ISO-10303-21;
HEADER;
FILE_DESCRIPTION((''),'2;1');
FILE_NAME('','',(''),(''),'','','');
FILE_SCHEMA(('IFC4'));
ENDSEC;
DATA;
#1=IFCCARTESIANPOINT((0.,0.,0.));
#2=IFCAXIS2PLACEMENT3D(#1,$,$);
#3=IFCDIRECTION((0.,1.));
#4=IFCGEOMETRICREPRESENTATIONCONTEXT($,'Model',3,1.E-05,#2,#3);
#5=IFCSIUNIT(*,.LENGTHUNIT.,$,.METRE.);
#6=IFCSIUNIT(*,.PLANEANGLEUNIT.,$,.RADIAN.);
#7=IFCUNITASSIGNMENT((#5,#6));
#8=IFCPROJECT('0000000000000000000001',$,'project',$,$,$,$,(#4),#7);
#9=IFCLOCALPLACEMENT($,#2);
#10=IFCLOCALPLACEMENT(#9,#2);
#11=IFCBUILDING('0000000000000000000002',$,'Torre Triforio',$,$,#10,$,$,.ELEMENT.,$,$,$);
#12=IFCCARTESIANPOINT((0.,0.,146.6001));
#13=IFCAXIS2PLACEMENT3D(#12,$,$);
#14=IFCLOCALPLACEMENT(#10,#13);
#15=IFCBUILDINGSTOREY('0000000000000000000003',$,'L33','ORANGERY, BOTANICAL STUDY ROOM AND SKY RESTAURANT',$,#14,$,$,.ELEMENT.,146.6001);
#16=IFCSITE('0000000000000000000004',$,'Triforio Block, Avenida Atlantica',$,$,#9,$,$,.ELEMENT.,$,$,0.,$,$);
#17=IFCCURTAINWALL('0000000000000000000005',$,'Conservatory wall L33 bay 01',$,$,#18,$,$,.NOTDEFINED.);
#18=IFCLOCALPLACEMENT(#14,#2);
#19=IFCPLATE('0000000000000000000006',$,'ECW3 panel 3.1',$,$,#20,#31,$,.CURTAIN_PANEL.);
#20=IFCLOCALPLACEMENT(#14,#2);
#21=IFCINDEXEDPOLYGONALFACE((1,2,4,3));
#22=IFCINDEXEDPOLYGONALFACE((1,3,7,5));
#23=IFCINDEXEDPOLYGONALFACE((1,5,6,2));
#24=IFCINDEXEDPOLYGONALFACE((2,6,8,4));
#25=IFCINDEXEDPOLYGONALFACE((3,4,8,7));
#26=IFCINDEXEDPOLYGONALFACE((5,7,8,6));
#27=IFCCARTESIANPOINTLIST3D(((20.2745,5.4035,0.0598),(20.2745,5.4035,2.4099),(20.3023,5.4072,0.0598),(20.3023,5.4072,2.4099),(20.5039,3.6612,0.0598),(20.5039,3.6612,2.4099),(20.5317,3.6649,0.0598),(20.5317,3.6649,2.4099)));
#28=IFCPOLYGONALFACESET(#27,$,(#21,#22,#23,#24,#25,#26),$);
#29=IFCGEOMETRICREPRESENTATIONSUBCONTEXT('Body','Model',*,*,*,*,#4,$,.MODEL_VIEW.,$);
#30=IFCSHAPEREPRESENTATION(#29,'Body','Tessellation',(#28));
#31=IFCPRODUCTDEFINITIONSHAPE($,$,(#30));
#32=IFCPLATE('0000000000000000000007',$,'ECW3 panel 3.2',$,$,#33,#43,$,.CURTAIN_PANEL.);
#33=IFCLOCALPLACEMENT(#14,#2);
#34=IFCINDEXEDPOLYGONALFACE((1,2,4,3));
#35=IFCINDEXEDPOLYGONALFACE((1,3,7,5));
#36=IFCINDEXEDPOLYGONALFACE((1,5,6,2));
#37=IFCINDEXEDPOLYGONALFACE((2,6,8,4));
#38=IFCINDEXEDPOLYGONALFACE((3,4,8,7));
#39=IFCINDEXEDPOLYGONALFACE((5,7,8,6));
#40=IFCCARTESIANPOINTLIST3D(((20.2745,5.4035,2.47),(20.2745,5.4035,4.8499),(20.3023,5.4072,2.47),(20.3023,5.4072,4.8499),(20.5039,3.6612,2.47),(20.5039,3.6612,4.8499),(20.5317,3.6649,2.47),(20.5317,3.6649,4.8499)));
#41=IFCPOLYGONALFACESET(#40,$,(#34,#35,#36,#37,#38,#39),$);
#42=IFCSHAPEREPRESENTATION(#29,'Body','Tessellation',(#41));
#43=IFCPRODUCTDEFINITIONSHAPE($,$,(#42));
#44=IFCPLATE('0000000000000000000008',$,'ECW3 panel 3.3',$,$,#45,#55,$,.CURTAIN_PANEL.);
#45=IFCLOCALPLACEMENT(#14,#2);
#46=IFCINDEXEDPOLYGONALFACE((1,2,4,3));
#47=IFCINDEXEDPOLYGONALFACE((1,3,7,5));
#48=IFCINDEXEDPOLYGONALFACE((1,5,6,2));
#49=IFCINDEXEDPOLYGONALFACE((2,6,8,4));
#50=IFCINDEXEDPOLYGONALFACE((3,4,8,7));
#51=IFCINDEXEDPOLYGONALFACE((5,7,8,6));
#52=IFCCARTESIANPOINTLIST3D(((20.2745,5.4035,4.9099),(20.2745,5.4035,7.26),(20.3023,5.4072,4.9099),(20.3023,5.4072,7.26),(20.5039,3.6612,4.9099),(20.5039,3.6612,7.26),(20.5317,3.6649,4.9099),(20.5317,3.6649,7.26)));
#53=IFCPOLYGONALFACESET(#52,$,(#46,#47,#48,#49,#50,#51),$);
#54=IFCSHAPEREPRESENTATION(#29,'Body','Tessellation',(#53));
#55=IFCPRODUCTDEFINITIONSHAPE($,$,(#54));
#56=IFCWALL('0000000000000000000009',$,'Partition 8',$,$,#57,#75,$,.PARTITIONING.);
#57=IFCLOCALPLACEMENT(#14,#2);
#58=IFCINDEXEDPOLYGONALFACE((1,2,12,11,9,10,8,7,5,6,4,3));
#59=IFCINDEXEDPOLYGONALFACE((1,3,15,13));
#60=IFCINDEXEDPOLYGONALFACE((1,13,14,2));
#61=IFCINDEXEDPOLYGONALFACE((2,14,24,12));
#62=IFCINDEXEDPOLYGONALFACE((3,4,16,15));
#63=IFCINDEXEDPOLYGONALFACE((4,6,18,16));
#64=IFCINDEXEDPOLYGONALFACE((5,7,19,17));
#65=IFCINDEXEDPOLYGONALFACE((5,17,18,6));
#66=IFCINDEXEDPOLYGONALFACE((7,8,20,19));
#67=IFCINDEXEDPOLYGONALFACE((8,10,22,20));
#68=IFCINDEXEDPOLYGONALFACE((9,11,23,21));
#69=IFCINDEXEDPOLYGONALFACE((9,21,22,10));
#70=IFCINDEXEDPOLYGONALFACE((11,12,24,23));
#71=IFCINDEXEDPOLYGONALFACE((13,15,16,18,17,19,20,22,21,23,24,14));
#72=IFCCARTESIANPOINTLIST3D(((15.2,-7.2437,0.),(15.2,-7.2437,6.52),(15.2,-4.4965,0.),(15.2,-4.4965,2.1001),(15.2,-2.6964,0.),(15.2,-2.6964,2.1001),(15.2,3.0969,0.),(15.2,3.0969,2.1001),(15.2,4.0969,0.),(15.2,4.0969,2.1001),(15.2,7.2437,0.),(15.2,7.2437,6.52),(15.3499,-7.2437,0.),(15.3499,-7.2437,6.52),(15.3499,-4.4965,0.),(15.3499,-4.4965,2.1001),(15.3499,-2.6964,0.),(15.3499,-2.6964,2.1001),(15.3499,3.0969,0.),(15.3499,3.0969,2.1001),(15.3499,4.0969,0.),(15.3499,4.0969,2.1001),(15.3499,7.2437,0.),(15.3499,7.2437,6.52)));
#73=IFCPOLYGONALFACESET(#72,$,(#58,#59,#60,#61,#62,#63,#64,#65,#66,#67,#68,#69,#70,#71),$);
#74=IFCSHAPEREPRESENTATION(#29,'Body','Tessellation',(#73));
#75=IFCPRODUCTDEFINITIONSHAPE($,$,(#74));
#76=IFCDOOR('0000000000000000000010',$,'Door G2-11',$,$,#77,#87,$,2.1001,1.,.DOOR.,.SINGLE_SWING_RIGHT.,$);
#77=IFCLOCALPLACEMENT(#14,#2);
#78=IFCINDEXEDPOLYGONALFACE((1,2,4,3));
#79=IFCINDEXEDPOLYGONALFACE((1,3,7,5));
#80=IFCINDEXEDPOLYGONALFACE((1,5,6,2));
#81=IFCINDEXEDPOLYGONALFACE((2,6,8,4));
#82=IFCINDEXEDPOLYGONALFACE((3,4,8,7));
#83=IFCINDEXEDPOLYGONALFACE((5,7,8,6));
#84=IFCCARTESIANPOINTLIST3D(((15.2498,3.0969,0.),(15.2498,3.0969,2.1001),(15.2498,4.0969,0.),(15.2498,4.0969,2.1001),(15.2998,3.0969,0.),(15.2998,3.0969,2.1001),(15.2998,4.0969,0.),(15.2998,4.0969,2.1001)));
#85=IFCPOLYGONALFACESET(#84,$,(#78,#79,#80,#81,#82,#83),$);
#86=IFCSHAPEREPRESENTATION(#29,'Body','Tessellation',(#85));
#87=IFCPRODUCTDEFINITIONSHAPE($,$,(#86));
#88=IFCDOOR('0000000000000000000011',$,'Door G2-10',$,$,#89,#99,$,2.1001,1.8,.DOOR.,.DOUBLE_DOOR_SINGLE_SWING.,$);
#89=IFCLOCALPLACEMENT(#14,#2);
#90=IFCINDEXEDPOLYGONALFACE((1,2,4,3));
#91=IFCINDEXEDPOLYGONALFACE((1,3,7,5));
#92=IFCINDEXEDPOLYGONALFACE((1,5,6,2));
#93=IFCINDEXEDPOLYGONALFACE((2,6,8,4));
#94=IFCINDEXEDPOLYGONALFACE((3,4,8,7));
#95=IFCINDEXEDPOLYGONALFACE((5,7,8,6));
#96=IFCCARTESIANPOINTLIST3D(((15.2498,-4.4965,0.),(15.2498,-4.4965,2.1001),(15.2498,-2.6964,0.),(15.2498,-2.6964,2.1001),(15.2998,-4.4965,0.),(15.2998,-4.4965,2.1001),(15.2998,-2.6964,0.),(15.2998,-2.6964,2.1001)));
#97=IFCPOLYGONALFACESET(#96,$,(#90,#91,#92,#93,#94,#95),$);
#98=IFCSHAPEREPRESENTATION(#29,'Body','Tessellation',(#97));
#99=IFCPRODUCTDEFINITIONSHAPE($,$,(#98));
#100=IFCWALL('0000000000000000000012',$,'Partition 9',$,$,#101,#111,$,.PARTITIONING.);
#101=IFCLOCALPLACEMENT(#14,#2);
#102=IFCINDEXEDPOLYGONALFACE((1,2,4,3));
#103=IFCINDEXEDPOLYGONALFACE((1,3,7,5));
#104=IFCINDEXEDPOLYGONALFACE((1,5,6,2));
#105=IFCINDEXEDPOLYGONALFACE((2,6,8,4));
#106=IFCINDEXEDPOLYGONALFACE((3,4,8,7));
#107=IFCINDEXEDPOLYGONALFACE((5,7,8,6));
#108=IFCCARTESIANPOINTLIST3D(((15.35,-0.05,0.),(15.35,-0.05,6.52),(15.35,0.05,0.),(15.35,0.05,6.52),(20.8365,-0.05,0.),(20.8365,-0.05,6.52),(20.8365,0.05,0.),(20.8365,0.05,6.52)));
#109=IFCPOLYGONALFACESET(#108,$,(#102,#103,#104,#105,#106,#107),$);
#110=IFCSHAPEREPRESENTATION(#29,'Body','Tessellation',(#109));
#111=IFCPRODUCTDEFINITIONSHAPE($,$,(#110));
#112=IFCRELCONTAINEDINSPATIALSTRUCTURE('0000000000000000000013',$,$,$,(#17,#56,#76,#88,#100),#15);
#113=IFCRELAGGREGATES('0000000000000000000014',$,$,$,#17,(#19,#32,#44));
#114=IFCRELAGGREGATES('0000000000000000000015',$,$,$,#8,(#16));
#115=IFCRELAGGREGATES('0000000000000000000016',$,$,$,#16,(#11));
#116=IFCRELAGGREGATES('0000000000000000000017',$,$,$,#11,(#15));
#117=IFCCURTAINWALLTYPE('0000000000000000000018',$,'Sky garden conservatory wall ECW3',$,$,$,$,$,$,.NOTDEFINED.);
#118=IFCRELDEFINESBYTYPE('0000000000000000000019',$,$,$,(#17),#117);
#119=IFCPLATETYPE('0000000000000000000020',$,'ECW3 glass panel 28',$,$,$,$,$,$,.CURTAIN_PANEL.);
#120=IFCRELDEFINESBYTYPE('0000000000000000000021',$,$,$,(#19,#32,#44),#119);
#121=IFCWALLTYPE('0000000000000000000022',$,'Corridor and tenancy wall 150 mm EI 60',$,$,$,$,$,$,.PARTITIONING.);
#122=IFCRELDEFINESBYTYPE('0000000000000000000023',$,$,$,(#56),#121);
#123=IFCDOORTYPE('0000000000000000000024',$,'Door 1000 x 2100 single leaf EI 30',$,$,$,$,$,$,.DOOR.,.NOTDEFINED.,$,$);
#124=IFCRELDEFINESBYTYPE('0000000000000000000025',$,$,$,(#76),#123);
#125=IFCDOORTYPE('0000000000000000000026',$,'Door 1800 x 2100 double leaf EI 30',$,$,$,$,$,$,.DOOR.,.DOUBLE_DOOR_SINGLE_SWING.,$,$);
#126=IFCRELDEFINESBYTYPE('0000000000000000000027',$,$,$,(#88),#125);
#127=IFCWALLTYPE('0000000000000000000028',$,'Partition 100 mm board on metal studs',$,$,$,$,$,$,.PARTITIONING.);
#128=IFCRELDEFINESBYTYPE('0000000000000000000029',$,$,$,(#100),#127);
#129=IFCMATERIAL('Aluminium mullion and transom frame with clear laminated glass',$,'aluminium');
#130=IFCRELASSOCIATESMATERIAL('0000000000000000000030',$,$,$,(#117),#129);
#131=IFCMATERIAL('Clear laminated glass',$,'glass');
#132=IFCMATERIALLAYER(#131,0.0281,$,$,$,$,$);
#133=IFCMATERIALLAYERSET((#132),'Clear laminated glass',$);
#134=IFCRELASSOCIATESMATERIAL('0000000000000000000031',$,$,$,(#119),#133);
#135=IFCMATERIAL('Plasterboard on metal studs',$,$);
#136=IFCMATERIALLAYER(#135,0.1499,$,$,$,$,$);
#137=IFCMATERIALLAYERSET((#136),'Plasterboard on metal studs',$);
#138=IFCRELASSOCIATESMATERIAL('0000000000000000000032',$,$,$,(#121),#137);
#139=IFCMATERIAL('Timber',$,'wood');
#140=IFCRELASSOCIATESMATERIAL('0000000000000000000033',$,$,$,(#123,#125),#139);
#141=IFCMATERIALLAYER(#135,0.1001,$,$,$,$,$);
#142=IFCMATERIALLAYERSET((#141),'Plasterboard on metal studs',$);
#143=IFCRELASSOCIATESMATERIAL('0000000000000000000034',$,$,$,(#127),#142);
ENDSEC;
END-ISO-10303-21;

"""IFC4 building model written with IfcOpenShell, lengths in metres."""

from ifc_helpers import new_model, si_unit, direction, frame, frame_2d, origin, origin_2d, place, context, subcontext, project, spatial, rectangle, extrude, material, layer, layer_set, type_object, element, fill, aggregate, save


model = new_model("IFC4")

# Units and contexts
model_context = context("Model", 3, precision=1e-05, world=origin(), true_north=direction((0.0, 1.0)))
body_context = subcontext(model_context, "Body", "Model", "MODEL_VIEW")
ifc_project = project(units=[si_unit("LENGTHUNIT", "METRE"), si_unit("PLANEANGLEUNIT", "RADIAN")], contexts=[model_context])

# Site, building, storey
site_placement = place(None, origin())
site = spatial("IfcSite", under=ifc_project, at=site_placement, Name="Triforio Block, Avenida Atlantica", CompositionType="ELEMENT", RefElevation=0.0)
building_placement = place(site_placement, origin())
building = spatial("IfcBuilding", under=site, at=building_placement, Name="Torre Triforio", CompositionType="ELEMENT")
storey_placement = place(building_placement, frame((0.0, 0.0, 146.6001)))
storey = spatial("IfcBuildingStorey", under=building, at=storey_placement, Name="L33", Description="ORANGERY, BOTANICAL STUDY ROOM AND SKY RESTAURANT", CompositionType="ELEMENT", Elevation=146.6001)

# Curtain wall, plates
ifc_material_1 = material(Name="Aluminium mullion and transom frame with clear laminated glass", Category="aluminium")
curtain_wall_type = type_object("IfcCurtainWallType", Name="Sky garden conservatory wall ECW3", PredefinedType="NOTDEFINED", material=ifc_material_1)
curtain_wall_placement = place(storey_placement, origin())
curtain_wall = element("IfcCurtainWall", 1, at=curtain_wall_placement, inside=storey, type_object=curtain_wall_type, Name="Conservatory wall L33 bay 01", PredefinedType="NOTDEFINED")
ifc_material_2 = material(Name="Clear laminated glass", Category="glass")
ifc_layer_1 = layer(ifc_material_2, 0.0281)
ifc_layer_set_1 = layer_set([ifc_layer_1], Name="Clear laminated glass")
plate_type = type_object("IfcPlateType", Name="ECW3 glass panel 28", PredefinedType="CURTAIN_PANEL", material=ifc_layer_set_1)
plate_1_placement = place(storey_placement, frame((20.4031, 4.5342, 0.0598), z_axis=(0.0, 0.0, 1.0), x_axis=(-0.13053, 0.991444, 0.0)))
plate_1 = element("IfcPlate", 2, at=plate_1_placement, type_object=plate_type, Name="ECW3 panel 3.1", PredefinedType="CURTAIN_PANEL", context=body_context, shape_type="SweptSolid", body=[
    extrude(rectangle(XDim=1.7573, YDim=0.0281, at=origin_2d()), origin(), (0.0, 0.0, 1.0), 2.3501),
])
plate_2_placement = place(storey_placement, frame((20.4031, 4.5342, 2.47), z_axis=(0.0, 0.0, 1.0), x_axis=(-0.13053, 0.991444, 0.0)))
plate_2 = element("IfcPlate", 3, at=plate_2_placement, type_object=plate_type, Name="ECW3 panel 3.2", PredefinedType="CURTAIN_PANEL", context=body_context, shape_type="SweptSolid", body=[
    extrude(rectangle(XDim=1.7573, YDim=0.0281, at=origin_2d()), origin(), (0.0, 0.0, 1.0), 2.3799),
])
plate_3_placement = place(storey_placement, frame((20.4031, 4.5342, 4.9099), z_axis=(0.0, 0.0, 1.0), x_axis=(-0.13053, 0.991444, 0.0)))
plate_3 = element("IfcPlate", 4, at=plate_3_placement, type_object=plate_type, Name="ECW3 panel 3.3", PredefinedType="CURTAIN_PANEL", context=body_context, shape_type="SweptSolid", body=[
    extrude(rectangle(XDim=1.7573, YDim=0.0281, at=origin_2d()), origin(), (0.0, 0.0, 1.0), 2.3501),
])
aggregate(curtain_wall, [plate_1, plate_2, plate_3])

# Wall, openings, doors
ifc_material_3 = material(Name="Plasterboard on metal studs")
ifc_layer_2 = layer(ifc_material_3, 0.1499)
ifc_layer_set_2 = layer_set([ifc_layer_2], Name="Plasterboard on metal studs")
wall_type_1 = type_object("IfcWallType", Name="Corridor and tenancy wall 150 mm EI 60", PredefinedType="PARTITIONING", material=ifc_layer_set_2)
wall_1_placement = place(storey_placement, frame((15.2749, 7.2437, 0.0), z_axis=(0.0, 0.0, 1.0), x_axis=(0.0, -1.0, 0.0)))
wall_1 = element("IfcWall", 5, at=wall_1_placement, inside=storey, type_object=wall_type_1, Name="Partition 8", PredefinedType="PARTITIONING", context=body_context, shape_type="SweptSolid", body=[
    extrude(rectangle(XDim=14.4873, YDim=0.1499, at=frame_2d((7.2437, 0.0))), origin(), (0.0, 0.0, 1.0), 6.52),
])
opening_1_placement = place(wall_1_placement, frame((9.9402, 0.0, 0.0)))
opening_1 = element("IfcOpeningElement", 6, at=opening_1_placement, cuts=wall_1, PredefinedType="OPENING", context=body_context, shape_type="SweptSolid", body=[
    extrude(rectangle(XDim=1.8, YDim=2.1001, at=frame_2d((0.8999, 1.05))), frame((0.0, 0.085, 0.0), z_axis=(0.0, -1.0, 0.0), x_axis=(1.0, 0.0, 0.0)), (0.0, 0.0, 1.0), 0.1699),
])
opening_2_placement = place(wall_1_placement, frame((3.1467, 0.0, 0.0)))
opening_2 = element("IfcOpeningElement", 7, at=opening_2_placement, cuts=wall_1, PredefinedType="OPENING", context=body_context, shape_type="SweptSolid", body=[
    extrude(rectangle(XDim=1.0, YDim=2.1001, at=frame_2d((0.5, 1.05))), frame((0.0, 0.085, 0.0), z_axis=(0.0, -1.0, 0.0), x_axis=(1.0, 0.0, 0.0)), (0.0, 0.0, 1.0), 0.1699),
])
ifc_material_4 = material(Name="Timber", Category="wood")
door_type_1 = type_object("IfcDoorType", Name="Door 1000 x 2100 single leaf EI 30", OperationType="NOTDEFINED", PredefinedType="DOOR", material=ifc_material_4)
door_1_placement = place(opening_2_placement, origin())
door_1 = element("IfcDoor", 8, at=door_1_placement, inside=storey, type_object=door_type_1, Name="Door G2-11", OperationType="SINGLE_SWING_RIGHT", OverallHeight=2.1001, OverallWidth=1.0, PredefinedType="DOOR", context=body_context, shape_type="SweptSolid", body=[
    extrude(rectangle(XDim=1.0, YDim=2.1001, at=frame_2d((0.5, 1.05))), frame((0.0, 0.0249, 0.0), z_axis=(0.0, -1.0, 0.0), x_axis=(1.0, 0.0, 0.0)), (0.0, 0.0, 1.0), 0.05),
])
fill(opening_2, door_1)
door_type_2 = type_object("IfcDoorType", Name="Door 1800 x 2100 double leaf EI 30", OperationType="DOUBLE_DOOR_SINGLE_SWING", PredefinedType="DOOR", material=ifc_material_4)
door_2_placement = place(opening_1_placement, origin())
door_2 = element("IfcDoor", 9, at=door_2_placement, inside=storey, type_object=door_type_2, Name="Door G2-10", OperationType="DOUBLE_DOOR_SINGLE_SWING", OverallHeight=2.1001, OverallWidth=1.8, PredefinedType="DOOR", context=body_context, shape_type="SweptSolid", body=[
    extrude(rectangle(XDim=1.8, YDim=2.1001, at=frame_2d((0.8999, 1.05))), frame((0.0, 0.0249, 0.0), z_axis=(0.0, -1.0, 0.0), x_axis=(1.0, 0.0, 0.0)), (0.0, 0.0, 1.0), 0.05),
])
fill(opening_1, door_2)

# Wall
ifc_layer_3 = layer(ifc_material_3, 0.1001)
ifc_layer_set_3 = layer_set([ifc_layer_3], Name="Plasterboard on metal studs")
wall_type_2 = type_object("IfcWallType", Name="Partition 100 mm board on metal studs", PredefinedType="PARTITIONING", material=ifc_layer_set_3)
wall_2_placement = place(storey_placement, frame((15.3501, 0.0, 0.0), z_axis=(0.0, 0.0, 1.0), x_axis=(1.0, 0.0, 0.0)))
element("IfcWall", 10, at=wall_2_placement, inside=storey, type_object=wall_type_2, Name="Partition 9", PredefinedType="PARTITIONING", context=body_context, shape_type="SweptSolid", body=[
    extrude(rectangle(XDim=5.4866, YDim=0.1001, at=frame_2d((2.7432, 0.0))), origin(), (0.0, 0.0, 1.0), 6.52),
])

save(model, "model.ifc")
